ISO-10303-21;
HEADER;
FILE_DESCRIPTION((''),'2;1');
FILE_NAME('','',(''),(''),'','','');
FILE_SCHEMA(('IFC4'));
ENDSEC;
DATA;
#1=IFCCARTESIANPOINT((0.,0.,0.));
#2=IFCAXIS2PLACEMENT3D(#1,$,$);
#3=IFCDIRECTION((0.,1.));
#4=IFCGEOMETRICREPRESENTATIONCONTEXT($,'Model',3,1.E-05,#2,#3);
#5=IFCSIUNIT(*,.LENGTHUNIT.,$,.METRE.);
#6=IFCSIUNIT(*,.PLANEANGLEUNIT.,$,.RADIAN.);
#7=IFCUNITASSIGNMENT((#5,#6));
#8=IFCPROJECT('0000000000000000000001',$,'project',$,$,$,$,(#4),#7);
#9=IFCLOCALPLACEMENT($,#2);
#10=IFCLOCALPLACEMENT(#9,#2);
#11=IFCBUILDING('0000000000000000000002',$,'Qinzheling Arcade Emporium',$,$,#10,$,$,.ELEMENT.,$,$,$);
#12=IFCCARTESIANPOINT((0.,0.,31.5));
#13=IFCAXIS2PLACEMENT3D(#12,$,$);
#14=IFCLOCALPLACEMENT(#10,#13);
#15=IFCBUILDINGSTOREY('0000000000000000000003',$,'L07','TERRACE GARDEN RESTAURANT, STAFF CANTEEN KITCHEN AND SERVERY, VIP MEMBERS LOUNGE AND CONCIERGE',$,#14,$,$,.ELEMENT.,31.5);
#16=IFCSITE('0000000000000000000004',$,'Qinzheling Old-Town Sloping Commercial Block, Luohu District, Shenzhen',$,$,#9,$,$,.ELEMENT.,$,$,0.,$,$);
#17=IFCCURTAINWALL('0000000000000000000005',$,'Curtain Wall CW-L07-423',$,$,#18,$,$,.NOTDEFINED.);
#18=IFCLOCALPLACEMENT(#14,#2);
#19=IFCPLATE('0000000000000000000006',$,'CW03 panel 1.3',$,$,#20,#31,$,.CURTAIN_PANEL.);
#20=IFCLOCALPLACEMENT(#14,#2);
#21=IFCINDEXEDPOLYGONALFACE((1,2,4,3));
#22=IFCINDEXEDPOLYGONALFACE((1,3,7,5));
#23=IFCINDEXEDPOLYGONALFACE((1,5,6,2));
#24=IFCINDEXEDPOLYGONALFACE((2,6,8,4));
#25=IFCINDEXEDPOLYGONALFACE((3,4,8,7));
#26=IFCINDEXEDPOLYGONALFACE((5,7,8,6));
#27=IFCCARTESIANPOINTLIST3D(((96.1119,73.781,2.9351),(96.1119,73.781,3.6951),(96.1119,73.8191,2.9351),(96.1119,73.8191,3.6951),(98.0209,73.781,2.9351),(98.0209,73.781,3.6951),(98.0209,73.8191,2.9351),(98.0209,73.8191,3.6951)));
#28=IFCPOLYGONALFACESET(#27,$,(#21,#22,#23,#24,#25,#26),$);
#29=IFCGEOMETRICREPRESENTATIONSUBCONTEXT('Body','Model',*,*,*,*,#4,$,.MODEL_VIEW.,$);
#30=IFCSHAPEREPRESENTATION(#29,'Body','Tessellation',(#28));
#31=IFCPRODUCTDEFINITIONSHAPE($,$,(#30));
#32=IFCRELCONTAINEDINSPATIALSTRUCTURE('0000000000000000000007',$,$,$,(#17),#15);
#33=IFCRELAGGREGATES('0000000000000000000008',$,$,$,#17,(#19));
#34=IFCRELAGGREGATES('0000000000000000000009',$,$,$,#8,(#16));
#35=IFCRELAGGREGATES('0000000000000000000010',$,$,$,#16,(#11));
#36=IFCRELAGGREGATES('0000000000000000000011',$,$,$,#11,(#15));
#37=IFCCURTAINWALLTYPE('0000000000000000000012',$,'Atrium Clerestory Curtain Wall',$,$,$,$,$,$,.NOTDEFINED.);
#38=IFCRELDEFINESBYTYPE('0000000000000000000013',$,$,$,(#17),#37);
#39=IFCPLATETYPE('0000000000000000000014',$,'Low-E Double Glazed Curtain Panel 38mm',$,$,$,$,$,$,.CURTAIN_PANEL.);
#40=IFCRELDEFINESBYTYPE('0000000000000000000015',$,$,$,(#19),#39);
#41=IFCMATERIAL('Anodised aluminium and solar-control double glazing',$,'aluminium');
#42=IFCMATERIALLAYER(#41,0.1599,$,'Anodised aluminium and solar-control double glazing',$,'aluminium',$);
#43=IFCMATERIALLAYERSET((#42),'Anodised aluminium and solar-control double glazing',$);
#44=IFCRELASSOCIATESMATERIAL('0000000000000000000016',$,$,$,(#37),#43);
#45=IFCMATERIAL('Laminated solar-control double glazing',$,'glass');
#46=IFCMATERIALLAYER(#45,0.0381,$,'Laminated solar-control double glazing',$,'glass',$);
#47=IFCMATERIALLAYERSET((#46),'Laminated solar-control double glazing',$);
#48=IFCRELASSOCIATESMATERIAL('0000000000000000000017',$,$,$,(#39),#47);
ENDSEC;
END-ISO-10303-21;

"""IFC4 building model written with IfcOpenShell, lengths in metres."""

from ifc_helpers import new_model, si_unit, direction, frame, origin, origin_2d, place, context, subcontext, project, spatial, rectangle, extrude, material, layer, layer_set, type_object, element, aggregate, save


model = new_model("IFC4")

# Units and contexts
model_context = context("Model", 3, precision=1e-05, world=origin(), true_north=direction((0.0, 1.0)))
body_context = subcontext(model_context, "Body", "Model", "MODEL_VIEW")
ifc_project = project(units=[si_unit("LENGTHUNIT", "METRE"), si_unit("PLANEANGLEUNIT", "RADIAN")], contexts=[model_context])

# Site, building, storey
site_placement = place(None, origin())
site = spatial("IfcSite", under=ifc_project, at=site_placement, Name="Qinzheling Old-Town Sloping Commercial Block, Luohu District, Shenzhen", CompositionType="ELEMENT", RefElevation=0.0)
building_placement = place(site_placement, origin())
building = spatial("IfcBuilding", under=site, at=building_placement, Name="Qinzheling Arcade Emporium", CompositionType="ELEMENT")
storey_placement = place(building_placement, frame((0.0, 0.0, 31.5)))
storey = spatial("IfcBuildingStorey", under=building, at=storey_placement, Name="L07", Description="TERRACE GARDEN RESTAURANT, STAFF CANTEEN KITCHEN AND SERVERY, VIP MEMBERS LOUNGE AND CONCIERGE", CompositionType="ELEMENT", Elevation=31.5)

# Shared definitions
ifc_material_1 = material(Name="Anodised aluminium and solar-control double glazing", Category="aluminium")
ifc_layer_1 = layer(ifc_material_1, 0.1599, Name="Anodised aluminium and solar-control double glazing", Category="aluminium")
ifc_layer_set_1 = layer_set([ifc_layer_1], Name="Anodised aluminium and solar-control double glazing")
curtain_wall_type = type_object("IfcCurtainWallType", Name="Atrium Clerestory Curtain Wall", PredefinedType="NOTDEFINED", material=ifc_layer_set_1)

# Curtain wall
curtain_wall_1_placement = place(storey_placement, origin())
curtain_wall_1 = element("IfcCurtainWall", 1, at=curtain_wall_1_placement, inside=storey, type_object=curtain_wall_type, Name="Curtain Wall CW-L07-423", PredefinedType="NOTDEFINED")

# Plate
ifc_material_2 = material(Name="Laminated solar-control double glazing", Category="glass")
ifc_layer_2 = layer(ifc_material_2, 0.0381, Name="Laminated solar-control double glazing", Category="glass")
ifc_layer_set_2 = layer_set([ifc_layer_2], Name="Laminated solar-control double glazing")
plate_type_1 = type_object("IfcPlateType", Name="Low-E Double Glazed Curtain Panel 38mm", PredefinedType="CURTAIN_PANEL", material=ifc_layer_set_2)
plate_1_placement = place(storey_placement, frame((97.0664, 73.8, 2.9351), z_axis=(0.0, 0.0, 1.0), x_axis=(1.0, 0.0, 0.0)))
plate_1 = element("IfcPlate", 2, at=plate_1_placement, type_object=plate_type_1, Name="CW03 panel 1.3", PredefinedType="CURTAIN_PANEL", context=body_context, shape_type="SweptSolid", body=[
    extrude(rectangle(XDim=1.9089, YDim=0.0381, at=origin_2d()), origin(), (0.0, 0.0, 1.0), 0.76),
])
aggregate(curtain_wall_1, [plate_1])

save(model, "model.ifc")
